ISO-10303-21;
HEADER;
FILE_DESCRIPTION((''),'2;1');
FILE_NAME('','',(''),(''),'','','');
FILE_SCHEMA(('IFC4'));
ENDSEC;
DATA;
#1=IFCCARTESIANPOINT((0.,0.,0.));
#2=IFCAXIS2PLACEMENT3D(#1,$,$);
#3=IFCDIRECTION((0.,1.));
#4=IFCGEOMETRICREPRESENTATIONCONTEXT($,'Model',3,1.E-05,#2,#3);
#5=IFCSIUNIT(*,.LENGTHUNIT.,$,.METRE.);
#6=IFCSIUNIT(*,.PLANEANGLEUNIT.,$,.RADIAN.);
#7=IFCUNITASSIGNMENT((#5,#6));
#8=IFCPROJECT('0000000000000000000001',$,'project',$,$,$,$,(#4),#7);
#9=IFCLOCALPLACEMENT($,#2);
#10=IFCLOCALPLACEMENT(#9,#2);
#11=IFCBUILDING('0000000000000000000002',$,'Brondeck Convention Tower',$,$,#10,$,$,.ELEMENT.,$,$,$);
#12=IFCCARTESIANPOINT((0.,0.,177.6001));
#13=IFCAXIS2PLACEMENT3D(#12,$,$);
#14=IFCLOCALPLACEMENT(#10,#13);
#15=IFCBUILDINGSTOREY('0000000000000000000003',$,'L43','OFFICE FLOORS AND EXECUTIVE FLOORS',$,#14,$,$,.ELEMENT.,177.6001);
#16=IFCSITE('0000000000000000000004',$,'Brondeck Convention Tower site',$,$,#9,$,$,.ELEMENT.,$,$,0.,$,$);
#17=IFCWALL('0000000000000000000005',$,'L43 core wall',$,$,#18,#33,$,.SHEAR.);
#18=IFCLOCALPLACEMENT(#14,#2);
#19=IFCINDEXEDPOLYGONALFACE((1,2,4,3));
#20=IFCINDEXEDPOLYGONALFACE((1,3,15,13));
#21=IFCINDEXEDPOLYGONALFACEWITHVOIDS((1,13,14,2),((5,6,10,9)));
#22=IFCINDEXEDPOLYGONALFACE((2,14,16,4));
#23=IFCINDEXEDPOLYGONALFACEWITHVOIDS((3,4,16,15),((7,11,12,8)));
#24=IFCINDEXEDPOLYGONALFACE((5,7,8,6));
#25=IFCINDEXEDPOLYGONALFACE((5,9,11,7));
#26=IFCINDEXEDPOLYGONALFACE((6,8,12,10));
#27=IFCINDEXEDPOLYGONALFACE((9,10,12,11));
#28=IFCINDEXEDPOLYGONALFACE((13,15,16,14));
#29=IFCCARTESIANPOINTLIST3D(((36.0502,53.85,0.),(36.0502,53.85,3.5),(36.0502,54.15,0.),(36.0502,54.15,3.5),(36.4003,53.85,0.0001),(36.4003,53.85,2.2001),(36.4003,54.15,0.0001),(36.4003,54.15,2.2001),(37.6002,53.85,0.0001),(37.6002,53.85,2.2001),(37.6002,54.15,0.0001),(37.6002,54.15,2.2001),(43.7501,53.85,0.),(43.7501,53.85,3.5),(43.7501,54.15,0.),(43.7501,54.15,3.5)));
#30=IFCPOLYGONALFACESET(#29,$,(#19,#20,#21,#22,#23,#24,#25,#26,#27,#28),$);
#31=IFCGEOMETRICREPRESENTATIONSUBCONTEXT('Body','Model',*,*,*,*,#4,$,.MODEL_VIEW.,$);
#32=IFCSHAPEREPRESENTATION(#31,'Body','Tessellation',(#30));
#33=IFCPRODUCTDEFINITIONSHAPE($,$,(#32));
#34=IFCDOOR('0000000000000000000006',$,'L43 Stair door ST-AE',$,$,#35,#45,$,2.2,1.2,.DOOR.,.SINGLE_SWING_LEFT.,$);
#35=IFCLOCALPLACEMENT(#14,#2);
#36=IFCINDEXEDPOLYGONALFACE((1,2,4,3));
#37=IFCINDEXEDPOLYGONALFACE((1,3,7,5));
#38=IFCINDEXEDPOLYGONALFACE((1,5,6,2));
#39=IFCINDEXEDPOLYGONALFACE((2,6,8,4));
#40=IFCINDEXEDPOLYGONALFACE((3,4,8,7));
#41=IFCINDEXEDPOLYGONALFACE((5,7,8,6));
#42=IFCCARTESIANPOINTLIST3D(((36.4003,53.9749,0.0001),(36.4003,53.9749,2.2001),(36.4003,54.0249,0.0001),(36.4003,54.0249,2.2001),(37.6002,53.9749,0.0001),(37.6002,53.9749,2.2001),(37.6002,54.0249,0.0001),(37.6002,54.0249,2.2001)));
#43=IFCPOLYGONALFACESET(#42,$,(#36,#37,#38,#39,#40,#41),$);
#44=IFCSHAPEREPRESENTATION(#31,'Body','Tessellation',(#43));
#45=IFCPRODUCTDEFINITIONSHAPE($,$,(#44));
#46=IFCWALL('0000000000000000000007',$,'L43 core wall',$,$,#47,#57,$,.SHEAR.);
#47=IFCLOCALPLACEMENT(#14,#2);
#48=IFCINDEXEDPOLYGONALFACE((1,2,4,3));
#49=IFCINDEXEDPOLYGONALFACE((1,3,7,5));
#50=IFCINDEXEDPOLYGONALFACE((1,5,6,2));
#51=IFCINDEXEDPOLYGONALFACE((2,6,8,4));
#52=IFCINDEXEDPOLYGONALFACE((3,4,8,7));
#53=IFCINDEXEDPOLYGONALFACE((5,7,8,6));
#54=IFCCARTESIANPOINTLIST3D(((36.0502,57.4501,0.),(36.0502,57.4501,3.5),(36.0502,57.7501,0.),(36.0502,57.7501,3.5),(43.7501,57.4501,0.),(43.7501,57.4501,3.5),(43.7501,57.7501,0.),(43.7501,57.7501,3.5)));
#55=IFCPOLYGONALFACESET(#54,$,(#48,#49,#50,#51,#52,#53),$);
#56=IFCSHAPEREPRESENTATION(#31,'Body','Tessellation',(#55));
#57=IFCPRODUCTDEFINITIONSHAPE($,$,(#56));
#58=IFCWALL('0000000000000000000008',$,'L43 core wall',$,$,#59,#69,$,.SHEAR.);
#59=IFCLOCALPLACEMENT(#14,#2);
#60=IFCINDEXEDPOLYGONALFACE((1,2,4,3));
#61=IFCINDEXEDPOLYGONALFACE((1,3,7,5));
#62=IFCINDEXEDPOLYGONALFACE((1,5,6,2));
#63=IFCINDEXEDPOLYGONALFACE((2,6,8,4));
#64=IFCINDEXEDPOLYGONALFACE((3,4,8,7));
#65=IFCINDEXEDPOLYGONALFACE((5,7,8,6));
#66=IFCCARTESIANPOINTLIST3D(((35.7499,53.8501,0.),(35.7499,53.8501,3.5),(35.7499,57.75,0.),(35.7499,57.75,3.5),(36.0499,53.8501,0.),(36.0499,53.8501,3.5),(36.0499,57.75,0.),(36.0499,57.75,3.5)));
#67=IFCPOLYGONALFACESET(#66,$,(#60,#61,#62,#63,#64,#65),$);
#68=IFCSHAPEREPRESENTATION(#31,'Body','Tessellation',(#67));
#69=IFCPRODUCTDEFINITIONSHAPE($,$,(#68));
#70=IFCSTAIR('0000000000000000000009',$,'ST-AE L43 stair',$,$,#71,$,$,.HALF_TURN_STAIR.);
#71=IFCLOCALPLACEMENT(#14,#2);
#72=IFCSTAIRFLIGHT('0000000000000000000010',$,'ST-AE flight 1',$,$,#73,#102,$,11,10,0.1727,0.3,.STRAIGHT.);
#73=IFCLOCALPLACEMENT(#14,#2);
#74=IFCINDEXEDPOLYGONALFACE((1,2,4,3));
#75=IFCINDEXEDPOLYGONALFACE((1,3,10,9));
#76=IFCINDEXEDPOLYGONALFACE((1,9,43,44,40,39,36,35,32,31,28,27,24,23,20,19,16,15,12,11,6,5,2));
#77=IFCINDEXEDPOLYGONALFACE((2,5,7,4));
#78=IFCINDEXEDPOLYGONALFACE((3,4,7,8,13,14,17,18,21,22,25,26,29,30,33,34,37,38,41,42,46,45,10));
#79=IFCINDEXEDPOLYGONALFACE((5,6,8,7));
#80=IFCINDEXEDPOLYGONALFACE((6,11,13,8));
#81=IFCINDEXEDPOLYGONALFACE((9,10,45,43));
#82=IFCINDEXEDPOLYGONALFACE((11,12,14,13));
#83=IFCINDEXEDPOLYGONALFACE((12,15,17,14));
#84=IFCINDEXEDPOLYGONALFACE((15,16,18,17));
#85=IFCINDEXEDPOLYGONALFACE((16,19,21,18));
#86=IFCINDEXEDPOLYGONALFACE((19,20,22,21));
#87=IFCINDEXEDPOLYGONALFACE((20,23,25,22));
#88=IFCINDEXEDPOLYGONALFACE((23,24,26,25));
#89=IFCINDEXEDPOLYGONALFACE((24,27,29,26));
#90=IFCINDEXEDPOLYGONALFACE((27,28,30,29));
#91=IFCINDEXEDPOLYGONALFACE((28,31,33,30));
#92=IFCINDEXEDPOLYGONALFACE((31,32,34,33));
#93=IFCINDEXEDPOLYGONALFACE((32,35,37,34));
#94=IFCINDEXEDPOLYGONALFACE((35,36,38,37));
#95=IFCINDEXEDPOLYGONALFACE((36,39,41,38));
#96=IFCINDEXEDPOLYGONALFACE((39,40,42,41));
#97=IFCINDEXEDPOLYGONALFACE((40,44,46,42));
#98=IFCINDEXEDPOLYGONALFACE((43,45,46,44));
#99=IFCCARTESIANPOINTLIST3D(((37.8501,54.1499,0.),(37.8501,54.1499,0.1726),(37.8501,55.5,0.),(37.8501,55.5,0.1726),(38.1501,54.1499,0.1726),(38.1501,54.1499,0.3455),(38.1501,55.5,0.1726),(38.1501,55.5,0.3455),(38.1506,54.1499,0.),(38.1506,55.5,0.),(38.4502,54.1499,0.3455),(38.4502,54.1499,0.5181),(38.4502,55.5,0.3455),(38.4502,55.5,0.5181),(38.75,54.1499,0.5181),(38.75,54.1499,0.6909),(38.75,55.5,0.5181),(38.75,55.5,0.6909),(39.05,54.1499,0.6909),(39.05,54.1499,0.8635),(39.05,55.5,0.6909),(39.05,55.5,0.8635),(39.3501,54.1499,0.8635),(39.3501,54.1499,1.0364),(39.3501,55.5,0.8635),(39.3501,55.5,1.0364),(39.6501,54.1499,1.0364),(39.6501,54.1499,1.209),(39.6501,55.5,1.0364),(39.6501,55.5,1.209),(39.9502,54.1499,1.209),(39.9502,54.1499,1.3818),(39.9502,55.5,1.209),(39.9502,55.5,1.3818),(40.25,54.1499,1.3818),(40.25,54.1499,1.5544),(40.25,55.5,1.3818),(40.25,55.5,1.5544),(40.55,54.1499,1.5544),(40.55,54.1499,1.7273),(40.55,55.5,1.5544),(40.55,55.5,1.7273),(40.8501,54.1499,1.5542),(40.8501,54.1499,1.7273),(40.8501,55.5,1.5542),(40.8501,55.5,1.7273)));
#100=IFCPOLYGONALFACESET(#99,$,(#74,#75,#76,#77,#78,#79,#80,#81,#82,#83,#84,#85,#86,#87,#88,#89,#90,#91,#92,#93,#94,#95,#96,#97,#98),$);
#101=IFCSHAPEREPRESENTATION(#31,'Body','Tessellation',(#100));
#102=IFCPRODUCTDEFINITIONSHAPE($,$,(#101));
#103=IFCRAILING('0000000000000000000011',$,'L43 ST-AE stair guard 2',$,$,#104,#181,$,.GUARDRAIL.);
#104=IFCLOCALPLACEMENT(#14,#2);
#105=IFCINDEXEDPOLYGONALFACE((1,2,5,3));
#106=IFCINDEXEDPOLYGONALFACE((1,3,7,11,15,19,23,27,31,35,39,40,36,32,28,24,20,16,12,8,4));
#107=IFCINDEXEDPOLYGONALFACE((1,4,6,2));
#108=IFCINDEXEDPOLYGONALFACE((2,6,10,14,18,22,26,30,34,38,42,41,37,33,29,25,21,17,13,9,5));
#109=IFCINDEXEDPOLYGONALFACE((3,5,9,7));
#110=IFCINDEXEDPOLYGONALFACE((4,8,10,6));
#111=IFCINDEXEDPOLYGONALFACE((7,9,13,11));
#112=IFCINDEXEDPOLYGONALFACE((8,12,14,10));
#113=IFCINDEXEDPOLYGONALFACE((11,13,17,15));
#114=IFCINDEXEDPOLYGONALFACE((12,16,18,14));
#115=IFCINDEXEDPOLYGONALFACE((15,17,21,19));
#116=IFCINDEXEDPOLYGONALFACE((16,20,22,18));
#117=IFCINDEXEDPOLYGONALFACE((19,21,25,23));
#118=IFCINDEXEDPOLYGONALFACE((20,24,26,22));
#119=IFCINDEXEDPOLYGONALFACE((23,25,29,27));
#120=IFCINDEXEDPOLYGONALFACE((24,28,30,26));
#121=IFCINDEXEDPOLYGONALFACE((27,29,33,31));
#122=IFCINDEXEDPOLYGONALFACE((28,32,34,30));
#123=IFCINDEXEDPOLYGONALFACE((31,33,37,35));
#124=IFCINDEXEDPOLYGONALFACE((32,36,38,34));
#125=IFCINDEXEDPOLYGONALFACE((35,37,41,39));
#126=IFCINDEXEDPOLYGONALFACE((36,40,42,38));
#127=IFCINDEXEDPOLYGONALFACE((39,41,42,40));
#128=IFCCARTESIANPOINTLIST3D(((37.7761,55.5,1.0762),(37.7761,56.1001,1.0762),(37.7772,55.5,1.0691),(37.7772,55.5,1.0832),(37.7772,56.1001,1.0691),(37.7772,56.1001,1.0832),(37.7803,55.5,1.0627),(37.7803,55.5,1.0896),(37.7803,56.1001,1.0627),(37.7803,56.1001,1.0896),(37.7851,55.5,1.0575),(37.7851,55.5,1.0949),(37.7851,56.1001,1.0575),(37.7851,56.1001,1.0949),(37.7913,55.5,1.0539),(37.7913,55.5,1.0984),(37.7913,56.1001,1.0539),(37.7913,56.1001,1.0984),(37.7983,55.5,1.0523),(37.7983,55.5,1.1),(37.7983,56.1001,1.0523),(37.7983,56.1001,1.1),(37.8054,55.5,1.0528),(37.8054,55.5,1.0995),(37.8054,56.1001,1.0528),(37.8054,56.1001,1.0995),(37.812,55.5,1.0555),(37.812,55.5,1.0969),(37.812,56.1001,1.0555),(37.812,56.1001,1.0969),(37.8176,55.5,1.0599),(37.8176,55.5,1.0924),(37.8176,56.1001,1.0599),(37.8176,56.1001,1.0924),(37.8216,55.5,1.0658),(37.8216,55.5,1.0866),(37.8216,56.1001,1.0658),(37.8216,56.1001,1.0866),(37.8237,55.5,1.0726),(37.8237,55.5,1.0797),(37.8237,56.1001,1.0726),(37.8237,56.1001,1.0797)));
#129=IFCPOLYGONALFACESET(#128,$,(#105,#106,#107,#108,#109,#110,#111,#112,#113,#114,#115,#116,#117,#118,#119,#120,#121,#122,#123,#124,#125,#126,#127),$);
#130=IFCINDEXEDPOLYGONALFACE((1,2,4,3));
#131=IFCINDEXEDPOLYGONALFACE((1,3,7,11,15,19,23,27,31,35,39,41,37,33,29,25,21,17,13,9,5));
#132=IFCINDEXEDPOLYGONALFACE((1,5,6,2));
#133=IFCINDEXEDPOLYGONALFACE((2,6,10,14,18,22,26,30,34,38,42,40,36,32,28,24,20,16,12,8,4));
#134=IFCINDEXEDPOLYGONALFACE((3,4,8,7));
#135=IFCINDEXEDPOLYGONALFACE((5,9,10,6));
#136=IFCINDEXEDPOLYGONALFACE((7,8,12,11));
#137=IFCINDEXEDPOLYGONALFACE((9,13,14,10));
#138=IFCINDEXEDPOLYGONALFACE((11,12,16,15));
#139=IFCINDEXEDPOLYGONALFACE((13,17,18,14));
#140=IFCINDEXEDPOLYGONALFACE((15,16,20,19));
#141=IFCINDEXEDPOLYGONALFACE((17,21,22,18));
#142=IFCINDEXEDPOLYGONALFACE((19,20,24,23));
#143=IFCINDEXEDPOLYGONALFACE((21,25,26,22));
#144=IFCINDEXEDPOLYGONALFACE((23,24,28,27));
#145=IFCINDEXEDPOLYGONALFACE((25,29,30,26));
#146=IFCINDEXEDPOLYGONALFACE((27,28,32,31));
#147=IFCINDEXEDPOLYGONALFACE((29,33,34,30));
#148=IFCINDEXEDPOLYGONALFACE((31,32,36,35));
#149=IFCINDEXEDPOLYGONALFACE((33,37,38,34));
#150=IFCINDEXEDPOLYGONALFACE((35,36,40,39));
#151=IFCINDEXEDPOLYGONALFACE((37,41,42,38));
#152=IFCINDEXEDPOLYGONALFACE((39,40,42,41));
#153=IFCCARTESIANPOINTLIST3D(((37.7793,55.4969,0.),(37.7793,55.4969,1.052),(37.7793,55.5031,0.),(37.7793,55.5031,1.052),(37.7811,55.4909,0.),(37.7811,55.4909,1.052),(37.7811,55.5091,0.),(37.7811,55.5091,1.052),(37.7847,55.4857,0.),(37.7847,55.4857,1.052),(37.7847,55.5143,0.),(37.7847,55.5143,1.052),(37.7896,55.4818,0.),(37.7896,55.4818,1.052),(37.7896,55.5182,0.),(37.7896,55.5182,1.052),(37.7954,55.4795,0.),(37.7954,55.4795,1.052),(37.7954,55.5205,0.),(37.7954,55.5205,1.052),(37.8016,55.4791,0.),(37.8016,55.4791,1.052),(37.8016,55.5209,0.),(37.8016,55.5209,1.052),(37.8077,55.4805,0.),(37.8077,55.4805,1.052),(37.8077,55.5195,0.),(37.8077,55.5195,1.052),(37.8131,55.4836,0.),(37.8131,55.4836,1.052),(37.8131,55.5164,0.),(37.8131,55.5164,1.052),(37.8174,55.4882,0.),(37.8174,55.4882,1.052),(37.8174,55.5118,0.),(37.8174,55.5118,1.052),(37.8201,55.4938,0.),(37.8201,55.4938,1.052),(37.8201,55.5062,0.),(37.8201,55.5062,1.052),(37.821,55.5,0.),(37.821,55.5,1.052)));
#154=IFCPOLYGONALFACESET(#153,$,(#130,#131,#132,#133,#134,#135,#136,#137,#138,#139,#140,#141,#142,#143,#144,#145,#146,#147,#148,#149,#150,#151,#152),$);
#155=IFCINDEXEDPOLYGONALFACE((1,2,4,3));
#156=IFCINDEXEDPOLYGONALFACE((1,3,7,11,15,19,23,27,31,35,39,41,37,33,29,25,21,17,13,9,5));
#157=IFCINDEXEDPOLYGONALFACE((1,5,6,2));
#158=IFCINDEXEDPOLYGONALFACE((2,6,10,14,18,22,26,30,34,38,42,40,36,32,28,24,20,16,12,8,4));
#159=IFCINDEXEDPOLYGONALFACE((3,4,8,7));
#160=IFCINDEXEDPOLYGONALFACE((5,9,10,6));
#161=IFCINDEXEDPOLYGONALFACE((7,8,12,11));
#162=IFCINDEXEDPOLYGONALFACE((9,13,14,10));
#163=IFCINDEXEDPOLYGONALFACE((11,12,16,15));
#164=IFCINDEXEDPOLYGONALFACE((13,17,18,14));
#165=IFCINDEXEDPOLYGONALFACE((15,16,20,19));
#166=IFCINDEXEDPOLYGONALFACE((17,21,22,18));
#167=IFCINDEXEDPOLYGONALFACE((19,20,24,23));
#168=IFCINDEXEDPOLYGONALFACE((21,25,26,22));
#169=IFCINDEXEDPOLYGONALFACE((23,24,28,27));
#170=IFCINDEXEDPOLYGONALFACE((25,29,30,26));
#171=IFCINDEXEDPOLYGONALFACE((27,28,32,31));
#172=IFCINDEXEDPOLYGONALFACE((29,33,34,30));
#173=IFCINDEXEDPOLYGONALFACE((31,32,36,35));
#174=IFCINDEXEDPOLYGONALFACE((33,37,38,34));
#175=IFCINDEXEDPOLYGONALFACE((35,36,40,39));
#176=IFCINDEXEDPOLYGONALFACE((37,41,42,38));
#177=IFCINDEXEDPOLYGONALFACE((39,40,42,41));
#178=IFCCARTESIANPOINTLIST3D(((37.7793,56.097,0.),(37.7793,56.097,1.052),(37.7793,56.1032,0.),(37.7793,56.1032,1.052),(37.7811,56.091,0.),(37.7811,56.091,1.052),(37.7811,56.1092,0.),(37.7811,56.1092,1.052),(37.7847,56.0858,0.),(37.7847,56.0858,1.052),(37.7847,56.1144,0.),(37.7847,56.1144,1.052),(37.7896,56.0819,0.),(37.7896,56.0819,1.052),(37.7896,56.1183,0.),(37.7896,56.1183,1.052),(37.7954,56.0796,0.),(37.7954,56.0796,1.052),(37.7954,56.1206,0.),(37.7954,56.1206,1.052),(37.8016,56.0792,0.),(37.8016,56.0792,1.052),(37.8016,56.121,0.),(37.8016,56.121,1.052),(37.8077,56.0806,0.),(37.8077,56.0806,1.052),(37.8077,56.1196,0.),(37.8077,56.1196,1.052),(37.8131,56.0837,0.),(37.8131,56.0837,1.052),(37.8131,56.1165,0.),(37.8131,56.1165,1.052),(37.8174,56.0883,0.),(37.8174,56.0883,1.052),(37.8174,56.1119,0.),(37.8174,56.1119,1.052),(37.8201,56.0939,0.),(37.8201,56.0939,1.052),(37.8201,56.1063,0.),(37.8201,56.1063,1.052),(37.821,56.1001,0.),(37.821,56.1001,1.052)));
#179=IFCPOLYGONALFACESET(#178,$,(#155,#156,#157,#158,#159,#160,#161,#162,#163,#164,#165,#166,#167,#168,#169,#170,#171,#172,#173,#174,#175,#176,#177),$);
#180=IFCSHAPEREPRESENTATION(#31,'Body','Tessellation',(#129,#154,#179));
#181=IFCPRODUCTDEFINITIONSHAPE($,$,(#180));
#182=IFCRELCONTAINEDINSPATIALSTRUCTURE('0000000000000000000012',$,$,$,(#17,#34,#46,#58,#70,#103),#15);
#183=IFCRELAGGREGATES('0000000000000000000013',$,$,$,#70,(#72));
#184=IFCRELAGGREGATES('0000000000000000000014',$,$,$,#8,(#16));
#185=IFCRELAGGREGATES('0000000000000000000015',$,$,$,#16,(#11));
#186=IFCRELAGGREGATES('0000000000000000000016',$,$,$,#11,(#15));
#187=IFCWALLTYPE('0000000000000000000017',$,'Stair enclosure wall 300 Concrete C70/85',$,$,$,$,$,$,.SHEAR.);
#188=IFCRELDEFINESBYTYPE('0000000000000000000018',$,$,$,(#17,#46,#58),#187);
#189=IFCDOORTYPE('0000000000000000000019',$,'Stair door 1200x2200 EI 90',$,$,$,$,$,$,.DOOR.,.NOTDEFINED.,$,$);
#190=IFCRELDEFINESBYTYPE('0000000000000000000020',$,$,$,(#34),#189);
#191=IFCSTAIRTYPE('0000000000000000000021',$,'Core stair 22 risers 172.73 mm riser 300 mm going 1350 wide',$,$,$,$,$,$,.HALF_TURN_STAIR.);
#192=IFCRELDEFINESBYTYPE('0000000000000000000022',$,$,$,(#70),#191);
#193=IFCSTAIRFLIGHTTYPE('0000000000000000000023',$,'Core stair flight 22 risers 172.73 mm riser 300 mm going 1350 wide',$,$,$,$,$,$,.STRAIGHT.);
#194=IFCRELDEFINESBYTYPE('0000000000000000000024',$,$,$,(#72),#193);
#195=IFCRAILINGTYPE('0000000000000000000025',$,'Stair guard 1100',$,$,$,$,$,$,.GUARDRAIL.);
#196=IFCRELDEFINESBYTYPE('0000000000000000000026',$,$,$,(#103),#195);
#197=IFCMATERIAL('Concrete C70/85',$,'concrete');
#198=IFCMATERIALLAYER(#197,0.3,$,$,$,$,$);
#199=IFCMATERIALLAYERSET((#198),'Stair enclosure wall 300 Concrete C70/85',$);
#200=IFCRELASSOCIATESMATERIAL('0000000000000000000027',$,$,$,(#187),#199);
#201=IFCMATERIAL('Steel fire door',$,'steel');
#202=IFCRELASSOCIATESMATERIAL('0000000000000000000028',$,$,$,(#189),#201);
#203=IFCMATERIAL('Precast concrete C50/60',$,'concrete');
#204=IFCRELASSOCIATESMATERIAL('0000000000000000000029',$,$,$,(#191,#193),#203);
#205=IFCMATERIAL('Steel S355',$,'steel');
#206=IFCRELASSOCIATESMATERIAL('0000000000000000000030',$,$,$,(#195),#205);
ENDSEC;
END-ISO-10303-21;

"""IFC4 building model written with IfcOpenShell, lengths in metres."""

from ifc_helpers import new_model, si_unit, direction, frame, frame_2d, origin, origin_2d, place, context, subcontext, project, spatial, polyline, rectangle, circle, outline, extrude, material, layer, layer_set, type_object, element, fill, aggregate, save


model = new_model("IFC4")

# Units and contexts
model_context = context("Model", 3, precision=1e-05, world=origin(), true_north=direction((0.0, 1.0)))
body_context = subcontext(model_context, "Body", "Model", "MODEL_VIEW")
ifc_project = project(units=[si_unit("LENGTHUNIT", "METRE"), si_unit("PLANEANGLEUNIT", "RADIAN")], contexts=[model_context])

# Site, building, storey
site_placement = place(None, origin())
site = spatial("IfcSite", under=ifc_project, at=site_placement, Name="Brondeck Convention Tower site", CompositionType="ELEMENT", RefElevation=0.0)
building_placement = place(site_placement, origin())
building = spatial("IfcBuilding", under=site, at=building_placement, Name="Brondeck Convention Tower", CompositionType="ELEMENT")
storey_placement = place(building_placement, frame((0.0, 0.0, 177.6001)))
storey = spatial("IfcBuildingStorey", under=building, at=storey_placement, Name="L43", Description="OFFICE FLOORS AND EXECUTIVE FLOORS", CompositionType="ELEMENT", Elevation=177.6001)

# Shared definitions
ifc_material_1 = material(Name="Concrete C70/85", Category="concrete")

# Shared definitions
ifc_material_2 = material(Name="Steel S355", Category="steel")

# Wall, opening, door
ifc_layer_1 = layer(ifc_material_1, 0.3)
ifc_layer_set_1 = layer_set([ifc_layer_1], Name="Stair enclosure wall 300 Concrete C70/85")
wall_type_1 = type_object("IfcWallType", Name="Stair enclosure wall 300 Concrete C70/85", PredefinedType="SHEAR", material=ifc_layer_set_1)
wall_1_placement = place(storey_placement, frame((36.05, 54.0, 0.0), z_axis=(0.0, 0.0, 1.0), x_axis=(1.0, 0.0, 0.0)))
wall_1 = element("IfcWall", 1, at=wall_1_placement, inside=storey, type_object=wall_type_1, Name="L43 core wall", PredefinedType="SHEAR", context=body_context, shape_type="SweptSolid", body=[
    extrude(rectangle(XDim=7.7, YDim=0.3, at=frame_2d((3.8501, 0.0))), origin(), (0.0, 0.0, 1.0), 3.5),
])
opening_1_placement = place(wall_1_placement, frame((0.3501, 0.0, 0.0)))
opening_1 = element("IfcOpeningElement", 2, at=opening_1_placement, cuts=wall_1, PredefinedType="OPENING", context=body_context, shape_type="SweptSolid", body=[
    extrude(rectangle(XDim=1.2, YDim=2.2, at=frame_2d((0.6001, 1.1001))), frame((0.0, 0.1599, 0.0), z_axis=(0.0, -1.0, 0.0), x_axis=(1.0, 0.0, 0.0)), (0.0, 0.0, 1.0), 0.3201),
])
ifc_material_3 = material(Name="Steel fire door", Category="steel")
door_type = type_object("IfcDoorType", Name="Stair door 1200x2200 EI 90", OperationType="NOTDEFINED", PredefinedType="DOOR", material=ifc_material_3)
door_placement = place(opening_1_placement, origin())
door = element("IfcDoor", 3, at=door_placement, inside=storey, type_object=door_type, Name="L43 Stair door ST-AE", OperationType="SINGLE_SWING_LEFT", OverallHeight=2.2, OverallWidth=1.2, PredefinedType="DOOR", context=body_context, shape_type="SweptSolid", body=[
    extrude(rectangle(XDim=1.2, YDim=2.2, at=frame_2d((0.6001, 1.1001))), frame((0.0, 0.0249, 0.0), z_axis=(0.0, -1.0, 0.0), x_axis=(1.0, 0.0, 0.0)), (0.0, 0.0, 1.0), 0.05),
])
fill(opening_1, door)

# Walls
wall_2_placement = place(storey_placement, frame((36.05, 57.6001, 0.0), z_axis=(0.0, 0.0, 1.0), x_axis=(1.0, 0.0, 0.0)))
element("IfcWall", 4, at=wall_2_placement, inside=storey, type_object=wall_type_1, Name="L43 core wall", PredefinedType="SHEAR", context=body_context, shape_type="SweptSolid", body=[
    extrude(rectangle(XDim=7.7, YDim=0.3, at=frame_2d((3.8501, 0.0))), origin(), (0.0, 0.0, 1.0), 3.5),
])
wall_3_placement = place(storey_placement, frame((35.8999, 53.8501, 0.0), z_axis=(0.0, 0.0, 1.0), x_axis=(0.0, 1.0, 0.0)))
element("IfcWall", 5, at=wall_3_placement, inside=storey, type_object=wall_type_1, Name="L43 core wall", PredefinedType="SHEAR", context=body_context, shape_type="SweptSolid", body=[
    extrude(rectangle(XDim=3.8999, YDim=0.3, at=frame_2d((1.95, 0.0))), origin(), (0.0, 0.0, 1.0), 3.5),
])

# Stair, stair flight
ifc_material_4 = material(Name="Precast concrete C50/60", Category="concrete")
stair_type = type_object("IfcStairType", Name="Core stair 22 risers 172.73 mm riser 300 mm going 1350 wide", PredefinedType="HALF_TURN_STAIR", material=ifc_material_4)
stair_placement = place(storey_placement, origin())
stair = element("IfcStair", 6, at=stair_placement, inside=storey, type_object=stair_type, Name="ST-AE L43 stair", PredefinedType="HALF_TURN_STAIR")
stair_flight_type = type_object("IfcStairFlightType", Name="Core stair flight 22 risers 172.73 mm riser 300 mm going 1350 wide", PredefinedType="STRAIGHT", material=ifc_material_4)
stair_flight_placement = place(storey_placement, frame((37.8501, 54.825, 0.0), z_axis=(0.0, 0.0, 1.0), x_axis=(1.0, 0.0, 0.0)))
stair_flight = element("IfcStairFlight", 7, at=stair_flight_placement, type_object=stair_flight_type, Name="ST-AE flight 1", NumberOfRisers=11, NumberOfTreads=10, PredefinedType="STRAIGHT", RiserHeight=0.1727, TreadLength=0.3, context=body_context, shape_type="SweptSolid", body=[
    extrude(outline(polyline([(0.0, 0.0), (0.0, 0.1726), (0.3, 0.1726), (0.3, 0.3455), (0.6001, 0.3455), (0.6001, 0.5181), (0.8999, 0.5181), (0.8999, 0.6909), (1.2, 0.6909), (1.2, 0.8635), (1.5, 0.8635), (1.5, 1.0364), (1.8, 1.0364), (1.8, 1.209), (2.1001, 1.209), (2.1001, 1.3818), (2.3999, 1.3818), (2.3999, 1.5544), (2.7, 1.5544), (2.7, 1.7273), (3.0, 1.7273), (3.0, 1.8999), (3.0, 1.5542), (0.3005, 0.0), (0.0, 0.0)])), frame((0.0, 0.675, 0.0), z_axis=(0.0, -1.0, 0.0), x_axis=(1.0, 0.0, 0.0)), (0.0, 0.0, 1.0), 1.3501),
])
aggregate(stair, [stair_flight])

# Railing
railing_type_1 = type_object("IfcRailingType", Name="Stair guard 1100", PredefinedType="GUARDRAIL", material=ifc_material_2)
railing_1_placement = place(storey_placement, frame((37.8, 55.5, 0.0)))
element("IfcRailing", 8, at=railing_1_placement, inside=storey, type_object=railing_type_1, Name="L43 ST-AE stair guard 2", PredefinedType="GUARDRAIL", context=body_context, shape_type="SweptSolid", body=[
    extrude(circle(Radius=0.0239, at=origin_2d()), frame((0.0, 0.0, 1.0762), z_axis=(0.0, 1.0, 0.0), x_axis=(-1.0, 0.0, 0.0)), (0.0, 0.0, 1.0), 0.6001),
    extrude(circle(Radius=0.021, at=origin_2d()), origin(), (0.0, 0.0, 1.0), 1.052),
    extrude(circle(Radius=0.021, at=origin_2d()), frame((0.0, 0.6001, 0.0)), (0.0, 0.0, 1.0), 1.052),
])

save(model, "model.ifc")
